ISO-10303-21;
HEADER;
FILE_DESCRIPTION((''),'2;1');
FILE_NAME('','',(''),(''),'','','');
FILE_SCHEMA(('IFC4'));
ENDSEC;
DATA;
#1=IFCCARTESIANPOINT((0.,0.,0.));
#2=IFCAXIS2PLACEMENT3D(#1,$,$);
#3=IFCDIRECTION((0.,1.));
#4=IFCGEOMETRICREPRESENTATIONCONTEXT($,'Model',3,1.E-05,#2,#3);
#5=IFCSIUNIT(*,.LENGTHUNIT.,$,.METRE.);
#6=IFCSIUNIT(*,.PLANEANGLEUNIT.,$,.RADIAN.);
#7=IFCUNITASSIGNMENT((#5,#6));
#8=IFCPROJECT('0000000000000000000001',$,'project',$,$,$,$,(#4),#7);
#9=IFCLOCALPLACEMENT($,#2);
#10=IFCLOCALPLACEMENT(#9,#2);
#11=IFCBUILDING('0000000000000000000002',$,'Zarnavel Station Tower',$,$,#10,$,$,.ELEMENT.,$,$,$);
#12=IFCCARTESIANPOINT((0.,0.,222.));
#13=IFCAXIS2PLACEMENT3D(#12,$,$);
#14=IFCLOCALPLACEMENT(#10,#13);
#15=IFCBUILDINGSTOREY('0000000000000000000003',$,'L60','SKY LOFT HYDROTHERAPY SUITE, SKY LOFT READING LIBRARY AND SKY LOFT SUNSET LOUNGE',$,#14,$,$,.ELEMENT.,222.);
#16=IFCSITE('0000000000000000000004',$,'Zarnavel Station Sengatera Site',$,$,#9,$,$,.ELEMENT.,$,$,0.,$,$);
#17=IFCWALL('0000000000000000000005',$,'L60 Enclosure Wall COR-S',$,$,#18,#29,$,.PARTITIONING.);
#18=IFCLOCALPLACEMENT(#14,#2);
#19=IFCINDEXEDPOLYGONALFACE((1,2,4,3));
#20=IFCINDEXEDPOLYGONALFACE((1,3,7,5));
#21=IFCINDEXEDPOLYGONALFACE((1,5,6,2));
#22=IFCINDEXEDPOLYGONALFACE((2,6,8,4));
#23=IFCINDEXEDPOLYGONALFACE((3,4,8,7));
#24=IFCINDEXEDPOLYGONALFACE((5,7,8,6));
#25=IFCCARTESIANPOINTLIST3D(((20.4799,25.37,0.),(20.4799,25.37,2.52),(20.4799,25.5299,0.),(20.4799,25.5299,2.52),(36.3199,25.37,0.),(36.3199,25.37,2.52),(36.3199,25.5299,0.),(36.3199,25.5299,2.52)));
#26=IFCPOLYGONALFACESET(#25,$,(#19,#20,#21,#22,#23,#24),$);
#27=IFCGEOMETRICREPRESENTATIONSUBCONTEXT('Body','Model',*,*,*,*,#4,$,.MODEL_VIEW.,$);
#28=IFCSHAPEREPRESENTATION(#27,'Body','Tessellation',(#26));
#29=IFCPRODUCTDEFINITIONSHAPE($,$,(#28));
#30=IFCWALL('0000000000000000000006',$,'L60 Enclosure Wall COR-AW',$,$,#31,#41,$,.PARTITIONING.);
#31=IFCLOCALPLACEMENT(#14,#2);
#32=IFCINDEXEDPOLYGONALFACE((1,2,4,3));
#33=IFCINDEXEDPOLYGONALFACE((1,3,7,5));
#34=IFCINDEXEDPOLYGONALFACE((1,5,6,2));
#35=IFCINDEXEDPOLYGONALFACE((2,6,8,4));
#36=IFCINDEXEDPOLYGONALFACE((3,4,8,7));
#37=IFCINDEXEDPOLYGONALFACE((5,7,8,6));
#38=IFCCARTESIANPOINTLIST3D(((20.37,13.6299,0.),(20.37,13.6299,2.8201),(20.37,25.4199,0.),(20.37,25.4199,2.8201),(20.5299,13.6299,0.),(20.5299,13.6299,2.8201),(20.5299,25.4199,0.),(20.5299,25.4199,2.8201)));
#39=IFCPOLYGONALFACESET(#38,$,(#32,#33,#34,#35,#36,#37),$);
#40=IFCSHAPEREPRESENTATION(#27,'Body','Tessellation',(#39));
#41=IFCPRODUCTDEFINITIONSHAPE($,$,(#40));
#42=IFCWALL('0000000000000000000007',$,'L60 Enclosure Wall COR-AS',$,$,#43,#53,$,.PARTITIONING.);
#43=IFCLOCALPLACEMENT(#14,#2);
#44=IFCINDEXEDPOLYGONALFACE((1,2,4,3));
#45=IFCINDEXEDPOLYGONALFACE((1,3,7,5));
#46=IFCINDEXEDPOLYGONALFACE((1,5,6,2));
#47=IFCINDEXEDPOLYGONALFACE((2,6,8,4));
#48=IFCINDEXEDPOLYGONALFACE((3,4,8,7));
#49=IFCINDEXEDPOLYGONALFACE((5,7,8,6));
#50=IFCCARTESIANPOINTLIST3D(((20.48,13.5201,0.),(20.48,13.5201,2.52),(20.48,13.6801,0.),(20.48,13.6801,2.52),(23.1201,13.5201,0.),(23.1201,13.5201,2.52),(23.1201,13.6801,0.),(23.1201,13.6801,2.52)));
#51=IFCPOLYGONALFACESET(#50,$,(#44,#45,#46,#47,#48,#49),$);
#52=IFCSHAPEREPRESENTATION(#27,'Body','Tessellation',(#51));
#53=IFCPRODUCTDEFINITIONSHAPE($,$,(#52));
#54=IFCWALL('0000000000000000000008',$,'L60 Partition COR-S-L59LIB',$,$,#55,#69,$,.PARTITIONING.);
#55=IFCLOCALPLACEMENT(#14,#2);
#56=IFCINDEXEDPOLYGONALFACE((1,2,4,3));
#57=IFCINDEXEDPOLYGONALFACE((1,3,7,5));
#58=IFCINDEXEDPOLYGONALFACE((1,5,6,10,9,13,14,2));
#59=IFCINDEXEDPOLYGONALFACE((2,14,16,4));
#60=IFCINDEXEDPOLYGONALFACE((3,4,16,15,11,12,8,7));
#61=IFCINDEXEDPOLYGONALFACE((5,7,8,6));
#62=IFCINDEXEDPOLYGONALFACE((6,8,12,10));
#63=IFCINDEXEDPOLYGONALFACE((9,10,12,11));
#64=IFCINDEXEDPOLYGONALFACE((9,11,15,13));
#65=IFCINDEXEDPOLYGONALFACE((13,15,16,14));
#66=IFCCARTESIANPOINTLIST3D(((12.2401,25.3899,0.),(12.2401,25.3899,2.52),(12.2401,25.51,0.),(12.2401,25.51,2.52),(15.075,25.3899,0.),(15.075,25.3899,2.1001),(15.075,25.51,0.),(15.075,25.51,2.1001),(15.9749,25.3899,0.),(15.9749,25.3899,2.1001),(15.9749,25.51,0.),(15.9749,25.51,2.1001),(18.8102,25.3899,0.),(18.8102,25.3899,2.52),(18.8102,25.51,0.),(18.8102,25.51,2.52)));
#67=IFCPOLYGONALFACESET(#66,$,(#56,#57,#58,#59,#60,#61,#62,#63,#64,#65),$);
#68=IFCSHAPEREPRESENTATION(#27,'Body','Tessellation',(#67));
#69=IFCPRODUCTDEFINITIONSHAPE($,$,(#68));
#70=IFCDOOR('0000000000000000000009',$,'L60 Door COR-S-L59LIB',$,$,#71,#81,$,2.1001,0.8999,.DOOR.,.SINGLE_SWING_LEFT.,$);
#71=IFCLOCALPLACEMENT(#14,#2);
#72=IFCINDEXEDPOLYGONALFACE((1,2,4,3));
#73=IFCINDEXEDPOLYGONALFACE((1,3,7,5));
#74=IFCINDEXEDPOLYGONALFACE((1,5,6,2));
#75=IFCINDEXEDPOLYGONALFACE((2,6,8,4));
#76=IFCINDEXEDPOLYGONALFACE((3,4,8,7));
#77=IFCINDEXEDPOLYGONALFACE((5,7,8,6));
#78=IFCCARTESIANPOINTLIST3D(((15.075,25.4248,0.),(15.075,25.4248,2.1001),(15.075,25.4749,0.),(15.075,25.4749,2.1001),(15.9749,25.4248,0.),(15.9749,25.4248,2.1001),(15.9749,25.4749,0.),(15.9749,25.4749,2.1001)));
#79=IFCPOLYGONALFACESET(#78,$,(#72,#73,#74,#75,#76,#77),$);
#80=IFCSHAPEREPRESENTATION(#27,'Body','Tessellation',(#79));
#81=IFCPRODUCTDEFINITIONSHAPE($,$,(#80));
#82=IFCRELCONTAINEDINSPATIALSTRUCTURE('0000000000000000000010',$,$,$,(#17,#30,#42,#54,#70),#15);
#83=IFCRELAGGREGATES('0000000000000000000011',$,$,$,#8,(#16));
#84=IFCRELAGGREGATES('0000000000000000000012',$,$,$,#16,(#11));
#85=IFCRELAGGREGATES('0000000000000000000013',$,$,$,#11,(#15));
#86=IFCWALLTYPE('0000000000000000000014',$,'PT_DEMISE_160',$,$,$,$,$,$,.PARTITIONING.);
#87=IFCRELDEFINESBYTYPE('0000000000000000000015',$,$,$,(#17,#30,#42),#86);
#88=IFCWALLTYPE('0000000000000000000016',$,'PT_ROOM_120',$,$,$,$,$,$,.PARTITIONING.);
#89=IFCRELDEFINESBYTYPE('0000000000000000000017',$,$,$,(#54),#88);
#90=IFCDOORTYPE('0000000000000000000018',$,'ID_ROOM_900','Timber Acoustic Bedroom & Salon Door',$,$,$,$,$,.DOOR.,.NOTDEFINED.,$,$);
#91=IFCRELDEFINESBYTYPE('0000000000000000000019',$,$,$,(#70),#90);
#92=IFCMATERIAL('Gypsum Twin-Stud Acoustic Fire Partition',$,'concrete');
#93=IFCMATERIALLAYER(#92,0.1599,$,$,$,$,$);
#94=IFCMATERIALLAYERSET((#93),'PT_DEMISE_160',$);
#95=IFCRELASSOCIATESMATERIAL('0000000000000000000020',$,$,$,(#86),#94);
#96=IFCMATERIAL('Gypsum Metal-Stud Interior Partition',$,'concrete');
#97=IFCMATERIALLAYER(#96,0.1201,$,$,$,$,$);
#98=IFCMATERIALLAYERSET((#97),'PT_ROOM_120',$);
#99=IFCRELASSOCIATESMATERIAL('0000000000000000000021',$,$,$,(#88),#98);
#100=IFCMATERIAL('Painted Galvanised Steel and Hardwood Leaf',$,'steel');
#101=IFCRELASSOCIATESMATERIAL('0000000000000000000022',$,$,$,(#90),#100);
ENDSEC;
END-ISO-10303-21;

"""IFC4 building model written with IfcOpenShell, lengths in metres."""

from ifc_helpers import new_model, si_unit, direction, frame, frame_2d, origin, place, context, subcontext, project, spatial, rectangle, extrude, material, layer, layer_set, type_object, element, fill, save


model = new_model("IFC4")

# Units and contexts
model_context = context("Model", 3, precision=1e-05, world=origin(), true_north=direction((0.0, 1.0)))
body_context = subcontext(model_context, "Body", "Model", "MODEL_VIEW")
ifc_project = project(units=[si_unit("LENGTHUNIT", "METRE"), si_unit("PLANEANGLEUNIT", "RADIAN")], contexts=[model_context])

# Site, building, storey
site_placement = place(None, origin())
site = spatial("IfcSite", under=ifc_project, at=site_placement, Name="Zarnavel Station Sengatera Site", CompositionType="ELEMENT", RefElevation=0.0)
building_placement = place(site_placement, origin())
building = spatial("IfcBuilding", under=site, at=building_placement, Name="Zarnavel Station Tower", CompositionType="ELEMENT")
storey_placement = place(building_placement, frame((0.0, 0.0, 222.0)))
storey = spatial("IfcBuildingStorey", under=building, at=storey_placement, Name="L60", Description="SKY LOFT HYDROTHERAPY SUITE, SKY LOFT READING LIBRARY AND SKY LOFT SUNSET LOUNGE", CompositionType="ELEMENT", Elevation=222.0)

# Walls
ifc_material_1 = material(Name="Gypsum Twin-Stud Acoustic Fire Partition", Category="concrete")
ifc_layer_1 = layer(ifc_material_1, 0.1599)
ifc_layer_set_1 = layer_set([ifc_layer_1], Name="PT_DEMISE_160")
wall_type_1 = type_object("IfcWallType", Name="PT_DEMISE_160", PredefinedType="PARTITIONING", material=ifc_layer_set_1)
wall_1_placement = place(storey_placement, frame((20.48, 25.45, 0.0), z_axis=(0.0, 0.0, 1.0), x_axis=(1.0, 0.0, 0.0)))
element("IfcWall", 1, at=wall_1_placement, inside=storey, type_object=wall_type_1, Name="L60 Enclosure Wall COR-S", PredefinedType="PARTITIONING", context=body_context, shape_type="SweptSolid", body=[
    extrude(rectangle(XDim=15.8401, YDim=0.1599, at=frame_2d((7.9199, 0.0))), origin(), (0.0, 0.0, 1.0), 2.52),
])
wall_2_placement = place(storey_placement, frame((20.45, 13.6299, 0.0), z_axis=(0.0, 0.0, 1.0), x_axis=(0.0, 1.0, 0.0)))
element("IfcWall", 2, at=wall_2_placement, inside=storey, type_object=wall_type_1, Name="L60 Enclosure Wall COR-AW", PredefinedType="PARTITIONING", context=body_context, shape_type="SweptSolid", body=[
    extrude(rectangle(XDim=11.79, YDim=0.1599, at=frame_2d((5.895, 0.0))), origin(), (0.0, 0.0, 1.0), 2.8201),
])
wall_3_placement = place(storey_placement, frame((20.48, 13.6001, 0.0), z_axis=(0.0, 0.0, 1.0), x_axis=(1.0, 0.0, 0.0)))
element("IfcWall", 3, at=wall_3_placement, inside=storey, type_object=wall_type_1, Name="L60 Enclosure Wall COR-AS", PredefinedType="PARTITIONING", context=body_context, shape_type="SweptSolid", body=[
    extrude(rectangle(XDim=2.6401, YDim=0.1599, at=frame_2d((1.3201, 0.0))), origin(), (0.0, 0.0, 1.0), 2.52),
])

# Wall, opening, door
ifc_material_2 = material(Name="Gypsum Metal-Stud Interior Partition", Category="concrete")
ifc_layer_2 = layer(ifc_material_2, 0.1201)
ifc_layer_set_2 = layer_set([ifc_layer_2], Name="PT_ROOM_120")
wall_type_2 = type_object("IfcWallType", Name="PT_ROOM_120", PredefinedType="PARTITIONING", material=ifc_layer_set_2)
wall_4_placement = place(storey_placement, frame((12.24, 25.45, 0.0), z_axis=(0.0, 0.0, 1.0), x_axis=(1.0, 0.0, 0.0)))
wall_4 = element("IfcWall", 4, at=wall_4_placement, inside=storey, type_object=wall_type_2, Name="L60 Partition COR-S-L59LIB", PredefinedType="PARTITIONING", context=body_context, shape_type="SweptSolid", body=[
    extrude(rectangle(XDim=6.5701, YDim=0.1201, at=frame_2d((3.2852, 0.0))), origin(), (0.0, 0.0, 1.0), 2.52),
])
opening_1_placement = place(wall_4_placement, frame((2.835, 0.0, 0.0)))
opening_1 = element("IfcOpeningElement", 5, at=opening_1_placement, cuts=wall_4, PredefinedType="OPENING", context=body_context, shape_type="SweptSolid", body=[
    extrude(rectangle(XDim=0.8999, YDim=2.1001, at=frame_2d((0.45, 1.05))), frame((0.0, 0.0701, 0.0), z_axis=(0.0, -1.0, 0.0), x_axis=(1.0, 0.0, 0.0)), (0.0, 0.0, 1.0), 0.1401),
])
ifc_material_3 = material(Name="Painted Galvanised Steel and Hardwood Leaf", Category="steel")
door_type_1 = type_object("IfcDoorType", Name="ID_ROOM_900", Description="Timber Acoustic Bedroom & Salon Door", OperationType="NOTDEFINED", PredefinedType="DOOR", material=ifc_material_3)
door_1_placement = place(opening_1_placement, origin())
door_1 = element("IfcDoor", 6, at=door_1_placement, inside=storey, type_object=door_type_1, Name="L60 Door COR-S-L59LIB", OperationType="SINGLE_SWING_LEFT", OverallHeight=2.1001, OverallWidth=0.8999, PredefinedType="DOOR", context=body_context, shape_type="SweptSolid", body=[
    extrude(rectangle(XDim=0.8999, YDim=2.1001, at=frame_2d((0.45, 1.05))), frame((0.0, 0.0249, 0.0), z_axis=(0.0, -1.0, 0.0), x_axis=(1.0, 0.0, 0.0)), (0.0, 0.0, 1.0), 0.05),
])
fill(opening_1, door_1)

save(model, "model.ifc")
